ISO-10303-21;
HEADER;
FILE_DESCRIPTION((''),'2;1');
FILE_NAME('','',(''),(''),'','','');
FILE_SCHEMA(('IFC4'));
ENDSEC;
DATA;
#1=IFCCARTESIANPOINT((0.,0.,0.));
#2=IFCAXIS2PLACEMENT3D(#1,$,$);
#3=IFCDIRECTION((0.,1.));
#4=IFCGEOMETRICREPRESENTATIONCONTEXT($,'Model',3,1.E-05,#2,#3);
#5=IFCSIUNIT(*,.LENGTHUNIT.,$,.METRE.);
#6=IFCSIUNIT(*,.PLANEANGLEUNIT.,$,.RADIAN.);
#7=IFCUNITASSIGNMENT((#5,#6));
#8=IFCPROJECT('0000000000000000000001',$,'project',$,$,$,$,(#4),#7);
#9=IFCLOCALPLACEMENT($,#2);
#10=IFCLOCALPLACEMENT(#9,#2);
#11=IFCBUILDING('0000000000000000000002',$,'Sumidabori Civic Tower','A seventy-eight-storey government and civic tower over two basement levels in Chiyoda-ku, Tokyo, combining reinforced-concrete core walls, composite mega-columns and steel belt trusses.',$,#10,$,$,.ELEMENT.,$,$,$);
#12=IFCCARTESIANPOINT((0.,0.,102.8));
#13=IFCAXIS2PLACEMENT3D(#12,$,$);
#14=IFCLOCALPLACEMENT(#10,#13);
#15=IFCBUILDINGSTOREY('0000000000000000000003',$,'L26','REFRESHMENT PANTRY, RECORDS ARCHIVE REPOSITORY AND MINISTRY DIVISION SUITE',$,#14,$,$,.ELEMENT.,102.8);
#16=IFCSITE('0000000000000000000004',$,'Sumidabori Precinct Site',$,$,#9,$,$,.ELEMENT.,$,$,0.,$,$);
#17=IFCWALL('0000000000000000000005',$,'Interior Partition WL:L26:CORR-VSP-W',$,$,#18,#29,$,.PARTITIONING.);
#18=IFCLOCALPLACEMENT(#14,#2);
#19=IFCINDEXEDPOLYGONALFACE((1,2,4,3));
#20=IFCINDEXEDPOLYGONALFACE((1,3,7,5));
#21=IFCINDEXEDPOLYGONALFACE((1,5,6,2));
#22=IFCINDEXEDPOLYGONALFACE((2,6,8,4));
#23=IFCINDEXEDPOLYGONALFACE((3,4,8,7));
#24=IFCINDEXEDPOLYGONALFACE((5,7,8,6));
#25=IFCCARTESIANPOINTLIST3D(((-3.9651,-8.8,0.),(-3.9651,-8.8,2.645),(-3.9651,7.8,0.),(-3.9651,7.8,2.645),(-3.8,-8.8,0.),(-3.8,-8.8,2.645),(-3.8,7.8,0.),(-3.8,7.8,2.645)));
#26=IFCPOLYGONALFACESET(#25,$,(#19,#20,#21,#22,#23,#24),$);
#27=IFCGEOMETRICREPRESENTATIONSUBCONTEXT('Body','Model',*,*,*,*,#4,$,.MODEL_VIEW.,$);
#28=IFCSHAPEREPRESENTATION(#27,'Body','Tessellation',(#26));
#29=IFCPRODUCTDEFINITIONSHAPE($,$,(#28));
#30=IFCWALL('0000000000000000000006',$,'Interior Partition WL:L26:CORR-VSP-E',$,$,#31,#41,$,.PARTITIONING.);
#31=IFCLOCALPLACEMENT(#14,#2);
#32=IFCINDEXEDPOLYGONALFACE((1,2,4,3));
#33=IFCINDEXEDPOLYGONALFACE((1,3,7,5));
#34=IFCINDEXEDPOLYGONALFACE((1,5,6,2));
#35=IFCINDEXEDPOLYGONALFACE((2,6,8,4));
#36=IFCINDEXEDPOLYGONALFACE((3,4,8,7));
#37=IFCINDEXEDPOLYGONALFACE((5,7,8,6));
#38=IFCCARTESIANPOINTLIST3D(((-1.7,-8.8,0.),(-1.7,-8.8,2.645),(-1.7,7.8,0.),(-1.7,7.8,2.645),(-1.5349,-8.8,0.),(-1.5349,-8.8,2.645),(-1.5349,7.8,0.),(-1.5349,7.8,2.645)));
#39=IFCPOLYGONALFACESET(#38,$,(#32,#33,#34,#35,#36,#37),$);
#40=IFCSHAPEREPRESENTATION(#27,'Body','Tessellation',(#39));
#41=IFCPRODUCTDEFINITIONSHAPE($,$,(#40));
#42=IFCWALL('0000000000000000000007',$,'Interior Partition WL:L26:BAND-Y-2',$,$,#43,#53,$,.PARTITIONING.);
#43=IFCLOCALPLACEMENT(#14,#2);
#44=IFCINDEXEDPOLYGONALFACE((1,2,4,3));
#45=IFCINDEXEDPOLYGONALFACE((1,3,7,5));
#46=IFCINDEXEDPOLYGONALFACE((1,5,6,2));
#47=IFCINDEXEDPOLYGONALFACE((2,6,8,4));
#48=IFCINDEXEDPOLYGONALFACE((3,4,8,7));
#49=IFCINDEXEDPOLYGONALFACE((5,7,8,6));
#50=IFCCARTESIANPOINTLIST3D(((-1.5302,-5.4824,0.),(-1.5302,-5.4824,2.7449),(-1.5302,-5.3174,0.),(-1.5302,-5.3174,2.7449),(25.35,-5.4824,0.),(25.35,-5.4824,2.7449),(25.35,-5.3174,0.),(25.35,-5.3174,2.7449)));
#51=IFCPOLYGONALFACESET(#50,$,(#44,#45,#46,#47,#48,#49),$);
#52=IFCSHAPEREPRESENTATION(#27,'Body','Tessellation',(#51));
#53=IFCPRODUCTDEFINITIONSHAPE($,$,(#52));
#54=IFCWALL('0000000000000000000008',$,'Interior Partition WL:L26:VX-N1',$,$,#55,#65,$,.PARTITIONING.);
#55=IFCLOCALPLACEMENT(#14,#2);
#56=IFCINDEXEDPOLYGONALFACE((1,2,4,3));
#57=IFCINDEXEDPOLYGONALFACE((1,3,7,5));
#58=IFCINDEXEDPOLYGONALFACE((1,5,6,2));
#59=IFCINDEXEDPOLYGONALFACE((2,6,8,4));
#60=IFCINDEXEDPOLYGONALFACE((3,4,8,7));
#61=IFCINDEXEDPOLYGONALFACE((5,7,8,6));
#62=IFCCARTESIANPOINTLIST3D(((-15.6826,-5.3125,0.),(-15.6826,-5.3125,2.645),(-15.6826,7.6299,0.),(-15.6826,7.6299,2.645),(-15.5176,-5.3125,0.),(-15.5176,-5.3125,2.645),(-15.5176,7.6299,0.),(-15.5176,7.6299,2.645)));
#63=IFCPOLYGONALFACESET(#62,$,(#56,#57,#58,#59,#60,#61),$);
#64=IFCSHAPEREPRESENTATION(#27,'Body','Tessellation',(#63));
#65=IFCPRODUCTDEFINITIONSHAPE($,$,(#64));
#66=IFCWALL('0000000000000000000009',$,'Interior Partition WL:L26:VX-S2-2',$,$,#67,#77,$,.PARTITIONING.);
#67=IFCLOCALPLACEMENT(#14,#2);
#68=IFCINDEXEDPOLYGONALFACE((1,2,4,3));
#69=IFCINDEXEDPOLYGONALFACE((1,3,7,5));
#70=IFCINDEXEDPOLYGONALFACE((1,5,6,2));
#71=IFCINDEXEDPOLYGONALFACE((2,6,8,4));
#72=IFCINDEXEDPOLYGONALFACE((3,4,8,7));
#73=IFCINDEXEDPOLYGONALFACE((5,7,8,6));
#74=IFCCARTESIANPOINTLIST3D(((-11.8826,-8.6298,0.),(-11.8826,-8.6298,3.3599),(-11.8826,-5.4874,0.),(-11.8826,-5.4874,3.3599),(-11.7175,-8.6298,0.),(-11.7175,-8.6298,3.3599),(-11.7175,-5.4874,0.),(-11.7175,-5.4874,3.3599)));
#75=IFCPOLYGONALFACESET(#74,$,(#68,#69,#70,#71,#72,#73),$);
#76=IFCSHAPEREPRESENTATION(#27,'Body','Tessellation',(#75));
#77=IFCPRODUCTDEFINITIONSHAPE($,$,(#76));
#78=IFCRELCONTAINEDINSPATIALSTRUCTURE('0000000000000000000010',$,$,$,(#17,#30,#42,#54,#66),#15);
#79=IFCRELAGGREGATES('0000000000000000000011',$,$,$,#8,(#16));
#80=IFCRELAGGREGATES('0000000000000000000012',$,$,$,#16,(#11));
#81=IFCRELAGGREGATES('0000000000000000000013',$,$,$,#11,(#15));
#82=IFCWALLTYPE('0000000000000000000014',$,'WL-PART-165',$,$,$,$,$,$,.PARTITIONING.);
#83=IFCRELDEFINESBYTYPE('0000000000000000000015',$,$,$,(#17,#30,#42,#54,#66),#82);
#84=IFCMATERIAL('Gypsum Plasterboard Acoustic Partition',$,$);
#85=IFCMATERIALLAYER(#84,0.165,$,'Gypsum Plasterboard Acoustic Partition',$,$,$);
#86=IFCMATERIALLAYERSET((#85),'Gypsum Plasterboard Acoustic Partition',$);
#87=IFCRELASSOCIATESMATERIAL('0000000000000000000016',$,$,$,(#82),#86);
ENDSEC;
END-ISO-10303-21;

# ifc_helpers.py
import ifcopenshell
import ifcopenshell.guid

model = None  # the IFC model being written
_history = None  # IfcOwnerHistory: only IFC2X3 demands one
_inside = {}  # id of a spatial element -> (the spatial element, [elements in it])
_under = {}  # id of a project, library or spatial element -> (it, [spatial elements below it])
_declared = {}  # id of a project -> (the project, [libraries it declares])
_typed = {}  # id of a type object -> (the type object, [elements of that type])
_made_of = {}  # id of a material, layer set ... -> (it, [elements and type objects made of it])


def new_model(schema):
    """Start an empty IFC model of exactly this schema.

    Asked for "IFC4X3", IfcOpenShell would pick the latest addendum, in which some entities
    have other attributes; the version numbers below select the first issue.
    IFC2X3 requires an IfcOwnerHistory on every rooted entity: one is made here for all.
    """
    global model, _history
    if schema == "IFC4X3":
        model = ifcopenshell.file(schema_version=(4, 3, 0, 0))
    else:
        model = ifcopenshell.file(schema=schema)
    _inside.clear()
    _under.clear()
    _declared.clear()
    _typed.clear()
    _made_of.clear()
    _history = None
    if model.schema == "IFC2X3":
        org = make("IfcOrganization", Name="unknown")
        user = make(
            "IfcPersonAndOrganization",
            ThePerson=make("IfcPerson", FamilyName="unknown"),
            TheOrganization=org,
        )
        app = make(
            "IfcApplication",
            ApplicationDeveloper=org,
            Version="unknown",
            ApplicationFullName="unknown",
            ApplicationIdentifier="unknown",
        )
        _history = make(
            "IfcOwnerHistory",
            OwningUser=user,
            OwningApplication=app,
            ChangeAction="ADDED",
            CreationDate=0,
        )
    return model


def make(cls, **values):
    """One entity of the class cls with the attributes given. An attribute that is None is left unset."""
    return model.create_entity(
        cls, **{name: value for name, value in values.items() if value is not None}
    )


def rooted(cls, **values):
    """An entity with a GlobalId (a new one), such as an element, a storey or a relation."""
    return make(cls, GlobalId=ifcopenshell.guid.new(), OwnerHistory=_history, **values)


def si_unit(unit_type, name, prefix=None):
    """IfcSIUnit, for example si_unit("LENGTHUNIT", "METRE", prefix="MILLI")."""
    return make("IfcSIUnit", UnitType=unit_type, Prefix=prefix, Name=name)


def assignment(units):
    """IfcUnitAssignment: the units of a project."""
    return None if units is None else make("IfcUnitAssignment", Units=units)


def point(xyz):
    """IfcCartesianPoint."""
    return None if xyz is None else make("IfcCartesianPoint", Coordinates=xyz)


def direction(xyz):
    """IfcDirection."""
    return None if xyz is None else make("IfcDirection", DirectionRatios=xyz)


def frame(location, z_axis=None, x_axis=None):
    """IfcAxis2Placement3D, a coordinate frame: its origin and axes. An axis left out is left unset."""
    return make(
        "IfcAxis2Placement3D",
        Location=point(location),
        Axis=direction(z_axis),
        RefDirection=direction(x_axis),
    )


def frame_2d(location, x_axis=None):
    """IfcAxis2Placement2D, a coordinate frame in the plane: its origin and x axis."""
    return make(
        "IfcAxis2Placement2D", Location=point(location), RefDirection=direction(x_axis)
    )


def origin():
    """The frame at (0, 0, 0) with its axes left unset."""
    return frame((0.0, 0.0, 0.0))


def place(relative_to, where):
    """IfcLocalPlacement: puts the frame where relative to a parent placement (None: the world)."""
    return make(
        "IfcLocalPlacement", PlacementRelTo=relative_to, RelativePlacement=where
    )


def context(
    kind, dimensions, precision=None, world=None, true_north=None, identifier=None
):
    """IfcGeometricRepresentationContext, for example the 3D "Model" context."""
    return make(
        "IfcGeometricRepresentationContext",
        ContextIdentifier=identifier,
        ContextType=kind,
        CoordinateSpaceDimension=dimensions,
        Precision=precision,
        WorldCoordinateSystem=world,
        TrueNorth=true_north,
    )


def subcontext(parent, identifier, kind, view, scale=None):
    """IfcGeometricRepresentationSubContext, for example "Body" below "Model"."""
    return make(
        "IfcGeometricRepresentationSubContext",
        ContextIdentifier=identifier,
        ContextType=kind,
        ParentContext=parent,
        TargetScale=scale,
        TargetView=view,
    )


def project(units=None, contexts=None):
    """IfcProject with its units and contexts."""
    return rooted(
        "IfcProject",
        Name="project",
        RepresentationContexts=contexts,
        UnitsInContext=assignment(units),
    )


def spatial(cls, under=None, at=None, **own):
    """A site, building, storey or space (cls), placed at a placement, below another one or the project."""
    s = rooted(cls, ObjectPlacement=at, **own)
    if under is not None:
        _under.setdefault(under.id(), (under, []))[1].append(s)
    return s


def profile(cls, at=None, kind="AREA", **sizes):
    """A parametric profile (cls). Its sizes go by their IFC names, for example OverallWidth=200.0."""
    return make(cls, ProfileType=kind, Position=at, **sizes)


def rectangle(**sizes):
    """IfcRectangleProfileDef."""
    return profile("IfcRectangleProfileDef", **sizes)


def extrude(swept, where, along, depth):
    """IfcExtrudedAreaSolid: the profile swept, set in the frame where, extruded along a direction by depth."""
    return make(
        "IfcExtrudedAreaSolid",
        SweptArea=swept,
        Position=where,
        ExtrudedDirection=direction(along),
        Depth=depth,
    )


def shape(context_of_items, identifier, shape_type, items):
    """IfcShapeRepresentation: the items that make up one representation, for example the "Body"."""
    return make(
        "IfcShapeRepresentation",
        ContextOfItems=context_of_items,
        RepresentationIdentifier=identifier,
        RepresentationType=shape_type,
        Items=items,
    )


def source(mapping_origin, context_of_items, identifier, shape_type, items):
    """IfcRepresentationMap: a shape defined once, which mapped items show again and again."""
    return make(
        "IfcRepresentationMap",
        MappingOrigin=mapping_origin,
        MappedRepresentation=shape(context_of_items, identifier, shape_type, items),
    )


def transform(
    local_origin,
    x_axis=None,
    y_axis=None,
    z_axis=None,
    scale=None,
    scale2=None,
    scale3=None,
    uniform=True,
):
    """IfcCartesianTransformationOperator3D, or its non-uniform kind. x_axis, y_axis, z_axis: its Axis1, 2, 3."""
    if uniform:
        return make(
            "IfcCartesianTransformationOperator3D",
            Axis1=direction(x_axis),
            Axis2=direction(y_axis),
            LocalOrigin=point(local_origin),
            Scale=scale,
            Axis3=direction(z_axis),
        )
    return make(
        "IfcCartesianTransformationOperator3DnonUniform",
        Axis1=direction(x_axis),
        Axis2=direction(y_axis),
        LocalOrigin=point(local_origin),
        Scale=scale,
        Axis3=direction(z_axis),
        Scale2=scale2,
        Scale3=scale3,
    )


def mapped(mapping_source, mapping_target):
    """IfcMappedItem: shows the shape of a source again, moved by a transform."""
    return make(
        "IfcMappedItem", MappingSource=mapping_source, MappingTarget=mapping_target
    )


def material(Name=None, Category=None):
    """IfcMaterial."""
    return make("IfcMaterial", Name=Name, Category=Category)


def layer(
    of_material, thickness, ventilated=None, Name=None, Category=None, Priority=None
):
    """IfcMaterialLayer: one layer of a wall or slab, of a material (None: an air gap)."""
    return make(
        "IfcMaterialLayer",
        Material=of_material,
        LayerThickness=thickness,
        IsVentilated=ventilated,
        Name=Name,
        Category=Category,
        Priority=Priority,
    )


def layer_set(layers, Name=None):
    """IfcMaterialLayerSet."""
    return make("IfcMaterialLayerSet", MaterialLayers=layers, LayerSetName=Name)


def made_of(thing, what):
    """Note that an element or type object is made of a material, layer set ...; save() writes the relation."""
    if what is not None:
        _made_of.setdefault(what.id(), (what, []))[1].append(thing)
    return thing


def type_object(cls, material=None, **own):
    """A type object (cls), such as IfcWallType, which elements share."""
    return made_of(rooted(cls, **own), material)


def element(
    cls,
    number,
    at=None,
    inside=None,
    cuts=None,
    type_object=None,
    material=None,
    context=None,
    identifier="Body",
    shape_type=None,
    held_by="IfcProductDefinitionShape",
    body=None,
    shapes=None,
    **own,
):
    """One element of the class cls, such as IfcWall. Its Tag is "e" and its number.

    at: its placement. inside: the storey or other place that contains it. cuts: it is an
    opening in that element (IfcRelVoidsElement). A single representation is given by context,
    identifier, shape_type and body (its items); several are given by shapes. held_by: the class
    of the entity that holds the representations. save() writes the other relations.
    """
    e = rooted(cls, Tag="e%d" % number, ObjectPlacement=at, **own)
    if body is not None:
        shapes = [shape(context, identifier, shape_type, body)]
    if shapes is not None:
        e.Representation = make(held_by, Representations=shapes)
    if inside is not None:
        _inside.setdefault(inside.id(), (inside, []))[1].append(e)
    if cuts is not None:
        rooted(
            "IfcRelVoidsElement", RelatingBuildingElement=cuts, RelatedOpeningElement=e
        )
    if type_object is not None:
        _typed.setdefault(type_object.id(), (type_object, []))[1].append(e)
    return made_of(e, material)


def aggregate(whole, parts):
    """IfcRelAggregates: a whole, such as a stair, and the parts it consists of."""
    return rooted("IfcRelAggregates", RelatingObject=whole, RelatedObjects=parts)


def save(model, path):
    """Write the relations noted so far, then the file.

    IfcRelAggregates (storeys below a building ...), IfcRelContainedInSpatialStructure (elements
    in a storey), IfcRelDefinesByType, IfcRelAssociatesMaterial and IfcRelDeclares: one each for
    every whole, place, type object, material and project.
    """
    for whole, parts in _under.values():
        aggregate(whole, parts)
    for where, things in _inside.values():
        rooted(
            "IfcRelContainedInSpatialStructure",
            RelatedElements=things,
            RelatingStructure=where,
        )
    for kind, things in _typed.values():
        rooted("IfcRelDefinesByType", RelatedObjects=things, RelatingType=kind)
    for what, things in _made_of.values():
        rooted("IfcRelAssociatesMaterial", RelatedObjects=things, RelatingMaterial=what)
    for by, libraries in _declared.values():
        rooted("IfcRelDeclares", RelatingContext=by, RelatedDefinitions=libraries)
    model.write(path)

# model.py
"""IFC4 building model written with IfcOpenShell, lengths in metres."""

from ifc_helpers import new_model, si_unit, direction, frame, frame_2d, origin, place, context, subcontext, project, spatial, rectangle, extrude, source, transform, mapped, material, layer, layer_set, type_object, element, save


model = new_model("IFC4")

# Units and contexts
model_context = context("Model", 3, precision=1e-05, world=origin(), true_north=direction((0.0, 1.0)))
body_context = subcontext(model_context, "Body", "Model", "MODEL_VIEW")
ifc_project = project(units=[si_unit("LENGTHUNIT", "METRE"), si_unit("PLANEANGLEUNIT", "RADIAN")], contexts=[model_context])

# Site, building, storey
site_placement = place(None, origin())
site = spatial("IfcSite", under=ifc_project, at=site_placement, Name="Sumidabori Precinct Site", CompositionType="ELEMENT", RefElevation=0.0)
building_placement = place(site_placement, origin())
building = spatial("IfcBuilding", under=site, at=building_placement, Name="Sumidabori Civic Tower", Description="A seventy-eight-storey government and civic tower over two basement levels in Chiyoda-ku, Tokyo, combining reinforced-concrete core walls, composite mega-columns and steel belt trusses.", CompositionType="ELEMENT")
storey_placement = place(building_placement, frame((0.0, 0.0, 102.8)))
storey = spatial("IfcBuildingStorey", under=building, at=storey_placement, Name="L26", Description="REFRESHMENT PANTRY, RECORDS ARCHIVE REPOSITORY AND MINISTRY DIVISION SUITE", CompositionType="ELEMENT", Elevation=102.8)

# Shared definitions
ifc_material_1 = material(Name="Gypsum Plasterboard Acoustic Partition")
ifc_layer = layer(ifc_material_1, 0.165, Name="Gypsum Plasterboard Acoustic Partition")
ifc_layer_set = layer_set([ifc_layer], Name="Gypsum Plasterboard Acoustic Partition")
wall_type = type_object("IfcWallType", Name="WL-PART-165", PredefinedType="PARTITIONING", material=ifc_layer_set)

# Walls
shared_shape_1 = source(origin(), body_context, "Body", "SweptSolid", [
    extrude(rectangle(XDim=16.6001, YDim=0.165, at=frame_2d((8.3, 0.0))), origin(), (0.0, 0.0, 1.0), 2.645),
])
for number, where, z_axis, x_axis, name in (
    (1, (-3.8826, -8.8, 0.0), (0.0, 0.0, 1.0), (0.0, 1.0, 0.0), "Interior Partition WL:L26:CORR-VSP-W"),
    (2, (-1.6174, -8.8, 0.0), (0.0, 0.0, 1.0), (0.0, 1.0, 0.0), "Interior Partition WL:L26:CORR-VSP-E"),
):
    element("IfcWall", number, at=place(storey_placement, frame(where, z_axis=z_axis, x_axis=x_axis)), inside=storey, type_object=wall_type, Name=name, PredefinedType="PARTITIONING", context=body_context, shape_type="MappedRepresentation", body=[
        mapped(shared_shape_1, transform((0.0, 0.0, 0.0), x_axis=(1.0, 0.0, 0.0), y_axis=(0.0, 1.0, 0.0), z_axis=(0.0, 0.0, 1.0), scale=1.0)),
    ])
shared_shape_2 = source(origin(), body_context, "Body", "SweptSolid", [
    extrude(rectangle(XDim=26.8801, YDim=0.165, at=frame_2d((13.4399, 0.0))), origin(), (0.0, 0.0, 1.0), 2.7449),
])
wall_1_placement = place(storey_placement, frame((-1.53, -5.3999, 0.0), z_axis=(0.0, 0.0, 1.0), x_axis=(1.0, 0.0, 0.0)))
element("IfcWall", 3, at=wall_1_placement, inside=storey, type_object=wall_type, Name="Interior Partition WL:L26:BAND-Y-2", PredefinedType="PARTITIONING", context=body_context, shape_type="MappedRepresentation", body=[
    mapped(shared_shape_2, transform((0.0, 0.0, 0.0), x_axis=(1.0, 0.0, 0.0), y_axis=(0.0, 1.0, 0.0), z_axis=(0.0, 0.0, 1.0), scale=1.0)),
])
shared_shape_3 = source(origin(), body_context, "Body", "SweptSolid", [
    extrude(rectangle(XDim=12.9424, YDim=0.165, at=frame_2d((6.4712, 0.0))), origin(), (0.0, 0.0, 1.0), 2.645),
])
wall_2_placement = place(storey_placement, frame((-15.6001, -5.3125, 0.0), z_axis=(0.0, 0.0, 1.0), x_axis=(0.0, 1.0, 0.0)))
element("IfcWall", 4, at=wall_2_placement, inside=storey, type_object=wall_type, Name="Interior Partition WL:L26:VX-N1", PredefinedType="PARTITIONING", context=body_context, shape_type="MappedRepresentation", body=[
    mapped(shared_shape_3, transform((0.0, 0.0, 0.0), x_axis=(1.0, 0.0, 0.0), y_axis=(0.0, 1.0, 0.0), z_axis=(0.0, 0.0, 1.0), scale=1.0)),
])
shared_shape_4 = source(origin(), body_context, "Body", "SweptSolid", [
    extrude(rectangle(XDim=3.1423, YDim=0.165, at=frame_2d((1.5713, 0.0))), origin(), (0.0, 0.0, 1.0), 3.3599),
])
wall_3_placement = place(storey_placement, frame((-11.8, -8.6299, 0.0), z_axis=(0.0, 0.0, 1.0), x_axis=(0.0, 1.0, 0.0)))
element("IfcWall", 5, at=wall_3_placement, inside=storey, type_object=wall_type, Name="Interior Partition WL:L26:VX-S2-2", PredefinedType="PARTITIONING", context=body_context, shape_type="MappedRepresentation", body=[
    mapped(shared_shape_4, transform((0.0, 0.0, 0.0), x_axis=(1.0, 0.0, 0.0), y_axis=(0.0, 1.0, 0.0), z_axis=(0.0, 0.0, 1.0), scale=1.0)),
])

save(model, "model.ifc")
